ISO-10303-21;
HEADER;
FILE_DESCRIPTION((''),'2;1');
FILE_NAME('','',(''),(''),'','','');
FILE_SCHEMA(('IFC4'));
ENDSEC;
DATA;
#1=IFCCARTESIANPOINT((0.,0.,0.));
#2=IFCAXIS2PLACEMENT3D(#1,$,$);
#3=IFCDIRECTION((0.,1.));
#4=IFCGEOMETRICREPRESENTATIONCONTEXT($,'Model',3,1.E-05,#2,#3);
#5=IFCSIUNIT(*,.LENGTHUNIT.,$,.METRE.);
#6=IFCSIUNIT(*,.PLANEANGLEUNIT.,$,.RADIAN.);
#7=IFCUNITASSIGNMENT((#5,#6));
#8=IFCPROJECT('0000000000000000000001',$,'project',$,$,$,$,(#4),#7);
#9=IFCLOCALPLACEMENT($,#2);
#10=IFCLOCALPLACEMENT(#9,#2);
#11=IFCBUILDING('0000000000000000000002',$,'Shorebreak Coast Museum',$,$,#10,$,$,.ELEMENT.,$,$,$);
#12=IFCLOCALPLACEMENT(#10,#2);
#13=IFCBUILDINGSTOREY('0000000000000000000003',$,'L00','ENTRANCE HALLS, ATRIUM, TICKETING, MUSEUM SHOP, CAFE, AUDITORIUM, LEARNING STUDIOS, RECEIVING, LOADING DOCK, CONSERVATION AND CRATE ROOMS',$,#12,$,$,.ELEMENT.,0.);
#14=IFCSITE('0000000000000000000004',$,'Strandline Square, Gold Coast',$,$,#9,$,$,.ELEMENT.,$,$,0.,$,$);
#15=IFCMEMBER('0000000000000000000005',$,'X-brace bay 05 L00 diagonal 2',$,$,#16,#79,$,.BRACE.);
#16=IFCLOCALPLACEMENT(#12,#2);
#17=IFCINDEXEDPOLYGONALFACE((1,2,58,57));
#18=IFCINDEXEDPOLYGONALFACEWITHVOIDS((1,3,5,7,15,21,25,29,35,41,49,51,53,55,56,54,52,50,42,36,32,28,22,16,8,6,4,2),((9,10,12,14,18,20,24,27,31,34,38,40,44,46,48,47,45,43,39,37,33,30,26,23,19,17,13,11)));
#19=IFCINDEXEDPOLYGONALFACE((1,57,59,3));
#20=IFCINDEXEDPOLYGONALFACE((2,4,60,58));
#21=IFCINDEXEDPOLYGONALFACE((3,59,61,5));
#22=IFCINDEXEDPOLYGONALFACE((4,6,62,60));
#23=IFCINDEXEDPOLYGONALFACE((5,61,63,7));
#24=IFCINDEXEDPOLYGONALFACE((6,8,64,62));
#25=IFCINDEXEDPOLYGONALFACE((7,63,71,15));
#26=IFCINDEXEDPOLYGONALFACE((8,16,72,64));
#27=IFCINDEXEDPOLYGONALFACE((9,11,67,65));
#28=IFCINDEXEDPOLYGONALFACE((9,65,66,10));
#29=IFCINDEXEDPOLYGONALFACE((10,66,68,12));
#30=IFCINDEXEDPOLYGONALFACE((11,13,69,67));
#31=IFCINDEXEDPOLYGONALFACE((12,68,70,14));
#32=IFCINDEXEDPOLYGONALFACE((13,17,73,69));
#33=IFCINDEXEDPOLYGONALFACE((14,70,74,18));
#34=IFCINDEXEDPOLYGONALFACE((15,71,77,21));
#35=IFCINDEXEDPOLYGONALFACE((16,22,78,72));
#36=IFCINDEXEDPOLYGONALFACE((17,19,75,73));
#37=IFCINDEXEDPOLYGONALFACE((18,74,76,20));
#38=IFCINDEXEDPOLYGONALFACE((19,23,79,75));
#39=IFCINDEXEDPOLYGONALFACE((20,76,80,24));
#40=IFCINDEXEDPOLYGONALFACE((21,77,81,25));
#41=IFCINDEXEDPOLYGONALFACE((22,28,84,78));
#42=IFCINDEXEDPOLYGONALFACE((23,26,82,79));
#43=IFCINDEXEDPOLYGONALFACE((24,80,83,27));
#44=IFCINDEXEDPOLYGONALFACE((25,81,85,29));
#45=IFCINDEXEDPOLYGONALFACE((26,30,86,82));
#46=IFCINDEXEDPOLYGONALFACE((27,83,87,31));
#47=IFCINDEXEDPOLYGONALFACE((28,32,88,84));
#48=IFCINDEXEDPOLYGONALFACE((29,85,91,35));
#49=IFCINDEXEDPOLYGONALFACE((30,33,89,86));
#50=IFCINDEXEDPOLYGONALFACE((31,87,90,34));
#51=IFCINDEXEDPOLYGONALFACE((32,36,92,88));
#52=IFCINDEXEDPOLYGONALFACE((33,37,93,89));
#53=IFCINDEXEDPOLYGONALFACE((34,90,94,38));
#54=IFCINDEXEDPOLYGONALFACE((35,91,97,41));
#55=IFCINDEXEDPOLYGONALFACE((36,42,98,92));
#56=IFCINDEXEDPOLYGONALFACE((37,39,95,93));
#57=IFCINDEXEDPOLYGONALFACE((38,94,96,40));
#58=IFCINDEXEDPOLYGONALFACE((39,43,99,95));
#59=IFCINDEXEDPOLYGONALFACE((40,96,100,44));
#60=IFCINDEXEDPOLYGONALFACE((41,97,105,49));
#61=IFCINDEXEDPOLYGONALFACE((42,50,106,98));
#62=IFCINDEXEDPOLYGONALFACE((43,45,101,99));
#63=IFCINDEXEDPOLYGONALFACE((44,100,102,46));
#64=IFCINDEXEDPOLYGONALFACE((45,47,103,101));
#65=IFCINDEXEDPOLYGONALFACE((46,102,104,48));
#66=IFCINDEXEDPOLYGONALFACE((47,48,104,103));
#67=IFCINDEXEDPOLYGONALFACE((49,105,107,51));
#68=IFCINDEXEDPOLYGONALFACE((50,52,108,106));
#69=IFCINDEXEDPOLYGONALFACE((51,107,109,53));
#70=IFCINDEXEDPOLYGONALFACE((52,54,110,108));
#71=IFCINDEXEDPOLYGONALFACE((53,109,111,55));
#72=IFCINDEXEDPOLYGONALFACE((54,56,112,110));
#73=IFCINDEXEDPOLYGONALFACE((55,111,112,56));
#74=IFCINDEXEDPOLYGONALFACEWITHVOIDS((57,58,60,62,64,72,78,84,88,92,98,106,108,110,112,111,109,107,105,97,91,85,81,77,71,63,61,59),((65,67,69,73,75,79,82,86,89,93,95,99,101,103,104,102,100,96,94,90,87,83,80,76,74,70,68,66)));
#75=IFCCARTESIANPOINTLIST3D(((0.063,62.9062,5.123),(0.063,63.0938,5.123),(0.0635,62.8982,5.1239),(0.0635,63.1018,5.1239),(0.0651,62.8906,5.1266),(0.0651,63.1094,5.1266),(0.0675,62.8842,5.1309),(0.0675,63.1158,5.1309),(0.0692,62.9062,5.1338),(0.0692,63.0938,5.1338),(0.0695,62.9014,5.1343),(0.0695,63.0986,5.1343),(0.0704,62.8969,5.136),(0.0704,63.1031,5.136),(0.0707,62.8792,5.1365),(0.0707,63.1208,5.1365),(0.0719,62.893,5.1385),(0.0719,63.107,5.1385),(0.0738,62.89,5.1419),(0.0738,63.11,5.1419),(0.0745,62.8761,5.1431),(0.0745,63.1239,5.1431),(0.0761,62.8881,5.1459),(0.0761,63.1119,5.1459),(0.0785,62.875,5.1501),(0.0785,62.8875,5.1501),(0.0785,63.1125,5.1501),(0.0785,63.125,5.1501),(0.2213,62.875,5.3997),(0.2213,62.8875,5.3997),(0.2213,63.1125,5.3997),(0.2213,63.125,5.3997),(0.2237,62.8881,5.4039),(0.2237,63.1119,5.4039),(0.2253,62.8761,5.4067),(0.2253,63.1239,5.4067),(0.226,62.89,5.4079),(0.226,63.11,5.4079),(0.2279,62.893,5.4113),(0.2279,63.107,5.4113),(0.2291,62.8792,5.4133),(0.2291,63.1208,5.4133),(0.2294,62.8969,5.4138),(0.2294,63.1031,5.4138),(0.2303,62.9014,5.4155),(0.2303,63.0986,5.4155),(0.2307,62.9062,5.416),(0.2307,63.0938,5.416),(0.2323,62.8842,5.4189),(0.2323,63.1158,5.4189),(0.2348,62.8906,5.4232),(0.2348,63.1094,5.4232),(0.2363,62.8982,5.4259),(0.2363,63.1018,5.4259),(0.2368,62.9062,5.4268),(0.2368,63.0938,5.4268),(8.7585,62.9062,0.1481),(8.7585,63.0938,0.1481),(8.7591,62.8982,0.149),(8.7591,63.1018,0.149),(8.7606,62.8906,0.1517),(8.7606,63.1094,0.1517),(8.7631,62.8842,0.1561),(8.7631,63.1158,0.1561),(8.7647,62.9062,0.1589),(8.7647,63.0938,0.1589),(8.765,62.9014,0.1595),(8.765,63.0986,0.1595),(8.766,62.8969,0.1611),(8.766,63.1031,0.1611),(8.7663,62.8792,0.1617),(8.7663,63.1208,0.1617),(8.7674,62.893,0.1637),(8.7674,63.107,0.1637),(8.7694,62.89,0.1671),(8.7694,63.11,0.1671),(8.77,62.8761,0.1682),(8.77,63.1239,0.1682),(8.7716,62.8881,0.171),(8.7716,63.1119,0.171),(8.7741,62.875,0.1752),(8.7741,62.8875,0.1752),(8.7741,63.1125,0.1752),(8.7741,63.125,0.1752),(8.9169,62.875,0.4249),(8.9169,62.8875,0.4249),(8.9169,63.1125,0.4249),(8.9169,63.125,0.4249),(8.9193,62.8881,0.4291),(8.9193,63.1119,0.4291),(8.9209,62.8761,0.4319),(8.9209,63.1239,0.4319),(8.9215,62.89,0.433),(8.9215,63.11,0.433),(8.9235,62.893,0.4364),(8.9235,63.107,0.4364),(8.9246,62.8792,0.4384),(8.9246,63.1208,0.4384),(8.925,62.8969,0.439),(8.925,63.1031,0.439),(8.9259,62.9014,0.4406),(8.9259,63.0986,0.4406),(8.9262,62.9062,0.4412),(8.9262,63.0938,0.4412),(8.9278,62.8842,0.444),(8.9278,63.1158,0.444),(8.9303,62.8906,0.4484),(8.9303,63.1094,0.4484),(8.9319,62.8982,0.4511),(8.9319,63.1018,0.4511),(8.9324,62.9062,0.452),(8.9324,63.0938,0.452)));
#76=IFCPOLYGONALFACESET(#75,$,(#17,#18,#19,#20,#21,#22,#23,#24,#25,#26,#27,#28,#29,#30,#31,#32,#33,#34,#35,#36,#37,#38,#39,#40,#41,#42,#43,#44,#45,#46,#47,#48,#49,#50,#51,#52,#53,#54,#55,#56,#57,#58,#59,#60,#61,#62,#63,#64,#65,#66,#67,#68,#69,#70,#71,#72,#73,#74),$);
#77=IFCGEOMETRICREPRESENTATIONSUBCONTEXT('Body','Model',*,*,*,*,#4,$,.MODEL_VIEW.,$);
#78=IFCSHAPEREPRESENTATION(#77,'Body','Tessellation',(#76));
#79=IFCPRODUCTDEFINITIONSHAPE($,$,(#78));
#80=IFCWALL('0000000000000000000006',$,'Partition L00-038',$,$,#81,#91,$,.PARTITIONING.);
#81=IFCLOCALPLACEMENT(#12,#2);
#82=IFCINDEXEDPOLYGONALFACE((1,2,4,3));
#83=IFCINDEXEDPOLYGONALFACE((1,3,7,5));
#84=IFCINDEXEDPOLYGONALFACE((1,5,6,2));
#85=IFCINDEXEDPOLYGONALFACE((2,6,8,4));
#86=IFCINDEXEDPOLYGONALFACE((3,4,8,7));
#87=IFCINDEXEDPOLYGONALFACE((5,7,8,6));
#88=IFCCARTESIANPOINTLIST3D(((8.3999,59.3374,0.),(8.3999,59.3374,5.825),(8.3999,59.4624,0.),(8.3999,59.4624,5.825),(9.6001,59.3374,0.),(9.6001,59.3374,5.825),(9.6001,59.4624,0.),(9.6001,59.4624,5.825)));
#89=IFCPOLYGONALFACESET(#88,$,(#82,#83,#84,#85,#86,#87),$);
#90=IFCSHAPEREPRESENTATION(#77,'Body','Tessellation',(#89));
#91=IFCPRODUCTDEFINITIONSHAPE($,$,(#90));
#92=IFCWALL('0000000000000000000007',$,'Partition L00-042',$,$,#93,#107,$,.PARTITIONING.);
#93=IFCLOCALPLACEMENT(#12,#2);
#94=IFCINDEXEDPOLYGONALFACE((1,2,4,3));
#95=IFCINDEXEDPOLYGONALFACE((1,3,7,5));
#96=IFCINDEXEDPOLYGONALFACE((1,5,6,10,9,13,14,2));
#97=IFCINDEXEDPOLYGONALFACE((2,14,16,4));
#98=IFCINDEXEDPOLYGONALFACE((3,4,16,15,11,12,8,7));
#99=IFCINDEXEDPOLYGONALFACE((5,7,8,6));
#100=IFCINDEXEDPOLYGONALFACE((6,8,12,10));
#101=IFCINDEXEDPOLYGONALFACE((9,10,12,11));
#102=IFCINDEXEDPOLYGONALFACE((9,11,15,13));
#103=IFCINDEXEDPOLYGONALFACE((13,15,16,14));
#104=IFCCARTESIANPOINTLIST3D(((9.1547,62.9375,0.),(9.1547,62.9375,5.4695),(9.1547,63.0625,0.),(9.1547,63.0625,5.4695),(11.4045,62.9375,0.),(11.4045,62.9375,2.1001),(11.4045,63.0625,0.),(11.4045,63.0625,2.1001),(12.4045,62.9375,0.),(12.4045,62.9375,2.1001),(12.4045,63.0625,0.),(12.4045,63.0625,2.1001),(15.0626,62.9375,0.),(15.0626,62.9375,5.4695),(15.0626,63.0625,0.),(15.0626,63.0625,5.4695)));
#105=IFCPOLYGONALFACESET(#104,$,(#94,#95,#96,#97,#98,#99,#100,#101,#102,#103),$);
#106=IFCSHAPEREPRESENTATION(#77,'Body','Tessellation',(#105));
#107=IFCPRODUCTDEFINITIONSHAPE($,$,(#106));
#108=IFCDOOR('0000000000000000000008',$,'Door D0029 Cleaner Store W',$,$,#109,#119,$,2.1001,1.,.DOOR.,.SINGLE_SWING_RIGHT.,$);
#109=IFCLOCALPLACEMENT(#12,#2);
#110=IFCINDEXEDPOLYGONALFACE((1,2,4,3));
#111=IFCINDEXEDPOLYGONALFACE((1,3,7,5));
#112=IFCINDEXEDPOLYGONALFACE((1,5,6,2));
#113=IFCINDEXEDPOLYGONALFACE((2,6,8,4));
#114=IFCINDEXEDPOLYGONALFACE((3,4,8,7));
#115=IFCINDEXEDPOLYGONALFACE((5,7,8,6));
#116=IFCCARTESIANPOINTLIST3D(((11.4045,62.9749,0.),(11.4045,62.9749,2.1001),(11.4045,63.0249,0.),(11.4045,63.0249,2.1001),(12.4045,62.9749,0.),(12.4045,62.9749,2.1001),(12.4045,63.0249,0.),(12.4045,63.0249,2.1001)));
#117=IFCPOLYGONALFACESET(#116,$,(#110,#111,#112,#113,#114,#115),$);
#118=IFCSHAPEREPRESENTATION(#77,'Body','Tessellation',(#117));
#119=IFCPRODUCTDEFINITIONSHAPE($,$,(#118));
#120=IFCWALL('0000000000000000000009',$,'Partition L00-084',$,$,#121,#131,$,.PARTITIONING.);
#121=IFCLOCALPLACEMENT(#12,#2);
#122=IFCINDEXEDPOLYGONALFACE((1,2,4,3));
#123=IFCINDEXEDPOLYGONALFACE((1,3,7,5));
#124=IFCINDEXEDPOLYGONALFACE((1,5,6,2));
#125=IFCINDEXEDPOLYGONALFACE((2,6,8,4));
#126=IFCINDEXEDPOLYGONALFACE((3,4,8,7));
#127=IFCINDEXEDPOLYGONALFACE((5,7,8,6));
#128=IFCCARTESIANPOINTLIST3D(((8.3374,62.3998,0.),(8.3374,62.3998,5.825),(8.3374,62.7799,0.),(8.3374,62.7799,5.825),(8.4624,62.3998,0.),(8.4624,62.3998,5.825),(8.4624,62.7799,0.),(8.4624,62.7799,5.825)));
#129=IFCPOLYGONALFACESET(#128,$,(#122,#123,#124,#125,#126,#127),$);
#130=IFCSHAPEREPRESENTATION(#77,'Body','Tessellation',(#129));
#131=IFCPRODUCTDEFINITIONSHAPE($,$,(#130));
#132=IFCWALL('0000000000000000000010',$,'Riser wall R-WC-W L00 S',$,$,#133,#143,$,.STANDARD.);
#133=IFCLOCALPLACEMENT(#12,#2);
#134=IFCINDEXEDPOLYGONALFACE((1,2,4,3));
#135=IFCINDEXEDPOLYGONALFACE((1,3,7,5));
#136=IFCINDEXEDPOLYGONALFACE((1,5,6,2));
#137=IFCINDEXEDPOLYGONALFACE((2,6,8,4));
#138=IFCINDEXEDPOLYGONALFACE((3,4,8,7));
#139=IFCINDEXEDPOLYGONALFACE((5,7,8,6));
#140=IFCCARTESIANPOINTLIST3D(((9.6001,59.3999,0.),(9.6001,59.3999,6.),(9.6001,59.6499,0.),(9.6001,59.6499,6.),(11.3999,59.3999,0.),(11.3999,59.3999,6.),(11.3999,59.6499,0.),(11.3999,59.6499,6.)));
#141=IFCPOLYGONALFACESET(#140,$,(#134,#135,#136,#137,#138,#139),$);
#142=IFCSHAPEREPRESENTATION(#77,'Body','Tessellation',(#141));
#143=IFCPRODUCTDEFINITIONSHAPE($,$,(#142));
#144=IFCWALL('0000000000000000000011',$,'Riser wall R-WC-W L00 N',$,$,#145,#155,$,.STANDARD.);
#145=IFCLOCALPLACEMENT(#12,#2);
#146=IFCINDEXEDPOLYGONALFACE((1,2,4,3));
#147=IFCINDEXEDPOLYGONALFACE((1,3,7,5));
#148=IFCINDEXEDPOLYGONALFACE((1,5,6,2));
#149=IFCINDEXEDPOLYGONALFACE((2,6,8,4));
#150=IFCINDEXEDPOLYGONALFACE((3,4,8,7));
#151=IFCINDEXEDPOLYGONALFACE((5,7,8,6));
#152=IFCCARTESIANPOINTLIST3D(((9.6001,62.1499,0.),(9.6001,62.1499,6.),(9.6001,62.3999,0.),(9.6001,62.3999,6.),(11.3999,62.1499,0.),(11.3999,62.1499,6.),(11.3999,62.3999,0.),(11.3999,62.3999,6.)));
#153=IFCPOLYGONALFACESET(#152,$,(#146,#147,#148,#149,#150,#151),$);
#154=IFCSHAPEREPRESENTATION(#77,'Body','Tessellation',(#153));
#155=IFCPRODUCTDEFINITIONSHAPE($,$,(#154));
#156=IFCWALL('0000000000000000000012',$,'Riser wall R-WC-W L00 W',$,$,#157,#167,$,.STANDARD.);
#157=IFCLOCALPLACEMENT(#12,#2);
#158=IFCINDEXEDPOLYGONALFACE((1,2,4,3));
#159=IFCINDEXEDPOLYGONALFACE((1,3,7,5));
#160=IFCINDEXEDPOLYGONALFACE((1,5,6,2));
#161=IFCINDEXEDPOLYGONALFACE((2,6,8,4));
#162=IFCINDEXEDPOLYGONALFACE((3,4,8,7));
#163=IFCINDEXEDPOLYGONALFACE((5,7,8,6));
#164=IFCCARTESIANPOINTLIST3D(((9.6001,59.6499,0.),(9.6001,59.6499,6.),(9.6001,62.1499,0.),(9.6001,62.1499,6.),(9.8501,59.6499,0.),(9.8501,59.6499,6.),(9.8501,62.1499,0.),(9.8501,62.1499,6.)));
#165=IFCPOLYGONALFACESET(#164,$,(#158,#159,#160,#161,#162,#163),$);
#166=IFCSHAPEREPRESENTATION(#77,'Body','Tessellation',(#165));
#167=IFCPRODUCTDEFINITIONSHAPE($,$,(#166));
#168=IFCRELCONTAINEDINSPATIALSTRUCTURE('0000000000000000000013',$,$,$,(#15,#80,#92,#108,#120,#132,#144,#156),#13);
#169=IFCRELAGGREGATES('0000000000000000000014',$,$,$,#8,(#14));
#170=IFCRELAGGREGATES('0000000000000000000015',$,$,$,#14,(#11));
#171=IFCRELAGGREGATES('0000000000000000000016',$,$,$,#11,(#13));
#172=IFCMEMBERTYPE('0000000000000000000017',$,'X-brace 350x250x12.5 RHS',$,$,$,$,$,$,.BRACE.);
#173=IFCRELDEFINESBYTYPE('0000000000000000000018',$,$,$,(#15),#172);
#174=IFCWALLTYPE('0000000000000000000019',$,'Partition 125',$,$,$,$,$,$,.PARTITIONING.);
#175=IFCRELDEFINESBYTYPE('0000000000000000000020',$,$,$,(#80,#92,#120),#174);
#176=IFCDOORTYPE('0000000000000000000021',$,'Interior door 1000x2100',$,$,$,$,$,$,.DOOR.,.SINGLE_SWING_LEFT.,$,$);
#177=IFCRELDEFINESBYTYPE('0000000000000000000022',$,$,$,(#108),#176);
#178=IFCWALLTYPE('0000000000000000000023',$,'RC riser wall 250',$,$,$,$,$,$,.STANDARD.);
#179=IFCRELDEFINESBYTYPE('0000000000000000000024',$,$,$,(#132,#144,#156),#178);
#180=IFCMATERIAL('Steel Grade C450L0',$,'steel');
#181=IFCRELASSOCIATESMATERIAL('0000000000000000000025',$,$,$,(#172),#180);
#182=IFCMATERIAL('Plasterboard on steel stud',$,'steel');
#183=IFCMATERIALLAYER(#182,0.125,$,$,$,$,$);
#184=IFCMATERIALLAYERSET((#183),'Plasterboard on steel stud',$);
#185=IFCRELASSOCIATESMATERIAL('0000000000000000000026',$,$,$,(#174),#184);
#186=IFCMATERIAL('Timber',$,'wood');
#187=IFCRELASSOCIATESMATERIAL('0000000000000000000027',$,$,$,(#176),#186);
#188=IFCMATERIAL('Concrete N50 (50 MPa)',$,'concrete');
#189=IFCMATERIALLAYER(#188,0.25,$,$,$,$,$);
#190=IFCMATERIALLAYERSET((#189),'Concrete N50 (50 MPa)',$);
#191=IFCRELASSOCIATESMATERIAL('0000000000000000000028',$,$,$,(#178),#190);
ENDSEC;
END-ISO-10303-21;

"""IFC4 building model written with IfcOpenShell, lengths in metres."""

from ifc_helpers import new_model, si_unit, direction, frame, frame_2d, origin, origin_2d, place, context, subcontext, project, spatial, rectangle, hollow_rectangle, extrude, material, layer, layer_set, material_profile, profile_set, type_object, element, fill, save


model = new_model("IFC4")

# Units and contexts
model_context = context("Model", 3, precision=1e-05, world=origin(), true_north=direction((0.0, 1.0)))
body_context = subcontext(model_context, "Body", "Model", "MODEL_VIEW")
ifc_project = project(units=[si_unit("LENGTHUNIT", "METRE"), si_unit("PLANEANGLEUNIT", "RADIAN")], contexts=[model_context])

# Site, building, storey
site_placement = place(None, origin())
site = spatial("IfcSite", under=ifc_project, at=site_placement, Name="Strandline Square, Gold Coast", CompositionType="ELEMENT", RefElevation=0.0)
building_placement = place(site_placement, origin())
building = spatial("IfcBuilding", under=site, at=building_placement, Name="Shorebreak Coast Museum", CompositionType="ELEMENT")
storey_placement = place(building_placement, origin())
storey = spatial("IfcBuildingStorey", under=building, at=storey_placement, Name="L00", Description="ENTRANCE HALLS, ATRIUM, TICKETING, MUSEUM SHOP, CAFE, AUDITORIUM, LEARNING STUDIOS, RECEIVING, LOADING DOCK, CONSERVATION AND CRATE ROOMS", CompositionType="ELEMENT", Elevation=0.0)

# Member
ifc_material_1 = material(Name="Steel Grade C450L0", Category="steel")
ifc_material_profile_1 = material_profile(ifc_material_1, hollow_rectangle(XDim=0.25, YDim=0.3501, WallThickness=0.0125, InnerFilletRadius=0.0188, OuterFilletRadius=0.0312, at=origin_2d()), Name="350x250x12.5 RHS")
ifc_profile_set_1 = profile_set([ifc_material_profile_1], Name="Steel Grade C450L0")
member_type = type_object("IfcMemberType", Name="X-brace 350x250x12.5 RHS", PredefinedType="BRACE", material=ifc_profile_set_1)
member_placement = place(storey_placement, frame((8.8455, 63.0, 0.3), z_axis=(-0.867987, 0.0, 0.496588), x_axis=(0.0, -1.0, 0.0)))
element("IfcMember", 1, at=member_placement, inside=storey, type_object=member_type, Name="X-brace bay 05 L00 diagonal 2", PredefinedType="BRACE", context=body_context, shape_type="SweptSolid", body=[
    extrude(hollow_rectangle(XDim=0.25, YDim=0.3501, WallThickness=0.0125, InnerFilletRadius=0.0188, OuterFilletRadius=0.0312, at=origin_2d()), origin(), (0.0, 0.0, 1.0), 10.0181),
])

# Wall
ifc_material_2 = material(Name="Plasterboard on steel stud", Category="steel")
ifc_layer_1 = layer(ifc_material_2, 0.125)
ifc_layer_set_1 = layer_set([ifc_layer_1], Name="Plasterboard on steel stud")
wall_type_1 = type_object("IfcWallType", Name="Partition 125", PredefinedType="PARTITIONING", material=ifc_layer_set_1)
wall_1_placement = place(storey_placement, frame((8.3999, 59.3999, 0.0), z_axis=(0.0, 0.0, 1.0), x_axis=(1.0, 0.0, 0.0)))
element("IfcWall", 2, at=wall_1_placement, inside=storey, type_object=wall_type_1, Name="Partition L00-038", PredefinedType="PARTITIONING", context=body_context, shape_type="SweptSolid", body=[
    extrude(rectangle(XDim=1.2002, YDim=0.125, at=frame_2d((0.6001, 0.0))), origin(), (0.0, 0.0, 1.0), 5.825),
])

# Wall, opening, door
wall_2_placement = place(storey_placement, frame((9.1545, 63.0, 0.0), z_axis=(0.0, 0.0, 1.0), x_axis=(1.0, 0.0, 0.0)))
wall_2 = element("IfcWall", 3, at=wall_2_placement, inside=storey, type_object=wall_type_1, Name="Partition L00-042", PredefinedType="PARTITIONING", context=body_context, shape_type="SweptSolid", body=[
    extrude(rectangle(XDim=5.908, YDim=0.125, at=frame_2d((2.9541, 0.0))), origin(), (0.0, 0.0, 1.0), 5.4695),
])
opening_placement = place(wall_2_placement, frame((2.25, 0.0, 0.0)))
opening = element("IfcOpeningElement", 4, at=opening_placement, cuts=wall_2, PredefinedType="OPENING", context=body_context, shape_type="SweptSolid", body=[
    extrude(rectangle(XDim=1.0, YDim=2.1001, at=frame_2d((0.5, 1.05))), frame((0.0, 0.0725, 0.0), z_axis=(0.0, -1.0, 0.0), x_axis=(1.0, 0.0, 0.0)), (0.0, 0.0, 1.0), 0.145),
])
ifc_material_3 = material(Name="Timber", Category="wood")
door_type = type_object("IfcDoorType", Name="Interior door 1000x2100", OperationType="SINGLE_SWING_LEFT", PredefinedType="DOOR", material=ifc_material_3)
door_placement = place(opening_placement, origin())
door = element("IfcDoor", 5, at=door_placement, inside=storey, type_object=door_type, Name="Door D0029 Cleaner Store W", OperationType="SINGLE_SWING_RIGHT", OverallHeight=2.1001, OverallWidth=1.0, PredefinedType="DOOR", context=body_context, shape_type="SweptSolid", body=[
    extrude(rectangle(XDim=1.0, YDim=2.1001, at=frame_2d((0.5, 1.05))), frame((0.0, 0.0249, 0.0), z_axis=(0.0, -1.0, 0.0), x_axis=(1.0, 0.0, 0.0)), (0.0, 0.0, 1.0), 0.05),
])
fill(opening, door)

# Walls
wall_3_placement = place(storey_placement, frame((8.3999, 62.3999, 0.0), z_axis=(0.0, 0.0, 1.0), x_axis=(0.0, 1.0, 0.0)))
element("IfcWall", 6, at=wall_3_placement, inside=storey, type_object=wall_type_1, Name="Partition L00-084", PredefinedType="PARTITIONING", context=body_context, shape_type="SweptSolid", body=[
    extrude(rectangle(XDim=0.3801, YDim=0.125, at=frame_2d((0.1899, 0.0))), origin(), (0.0, 0.0, 1.0), 5.825),
])
ifc_material_4 = material(Name="Concrete N50 (50 MPa)", Category="concrete")
ifc_layer_2 = layer(ifc_material_4, 0.25)
ifc_layer_set_2 = layer_set([ifc_layer_2], Name="Concrete N50 (50 MPa)")
wall_type_2 = type_object("IfcWallType", Name="RC riser wall 250", PredefinedType="STANDARD", material=ifc_layer_set_2)
for number, where, z_axis, x_axis, name in (
    (7, (9.6001, 59.5249, 0.0), (0.0, 0.0, 1.0), (1.0, 0.0, 0.0), "Riser wall R-WC-W L00 S"),
    (8, (9.6001, 62.2749, 0.0), (0.0, 0.0, 1.0), (1.0, 0.0, 0.0), "Riser wall R-WC-W L00 N"),
):
    element("IfcWall", number, at=place(storey_placement, frame(where, z_axis=z_axis, x_axis=x_axis)), inside=storey, type_object=wall_type_2, Name=name, PredefinedType="STANDARD", context=body_context, shape_type="SweptSolid", body=[
        extrude(rectangle(XDim=1.7998, YDim=0.25, at=frame_2d((0.8999, 0.0))), origin(), (0.0, 0.0, 1.0), 6.0),
    ])
wall_4_placement = place(storey_placement, frame((9.7251, 59.6499, 0.0), z_axis=(0.0, 0.0, 1.0), x_axis=(0.0, 1.0, 0.0)))
element("IfcWall", 9, at=wall_4_placement, inside=storey, type_object=wall_type_2, Name="Riser wall R-WC-W L00 W", PredefinedType="STANDARD", context=body_context, shape_type="SweptSolid", body=[
    extrude(rectangle(XDim=2.5, YDim=0.25, at=frame_2d((1.25, 0.0))), origin(), (0.0, 0.0, 1.0), 6.0),
])

save(model, "model.ifc")
